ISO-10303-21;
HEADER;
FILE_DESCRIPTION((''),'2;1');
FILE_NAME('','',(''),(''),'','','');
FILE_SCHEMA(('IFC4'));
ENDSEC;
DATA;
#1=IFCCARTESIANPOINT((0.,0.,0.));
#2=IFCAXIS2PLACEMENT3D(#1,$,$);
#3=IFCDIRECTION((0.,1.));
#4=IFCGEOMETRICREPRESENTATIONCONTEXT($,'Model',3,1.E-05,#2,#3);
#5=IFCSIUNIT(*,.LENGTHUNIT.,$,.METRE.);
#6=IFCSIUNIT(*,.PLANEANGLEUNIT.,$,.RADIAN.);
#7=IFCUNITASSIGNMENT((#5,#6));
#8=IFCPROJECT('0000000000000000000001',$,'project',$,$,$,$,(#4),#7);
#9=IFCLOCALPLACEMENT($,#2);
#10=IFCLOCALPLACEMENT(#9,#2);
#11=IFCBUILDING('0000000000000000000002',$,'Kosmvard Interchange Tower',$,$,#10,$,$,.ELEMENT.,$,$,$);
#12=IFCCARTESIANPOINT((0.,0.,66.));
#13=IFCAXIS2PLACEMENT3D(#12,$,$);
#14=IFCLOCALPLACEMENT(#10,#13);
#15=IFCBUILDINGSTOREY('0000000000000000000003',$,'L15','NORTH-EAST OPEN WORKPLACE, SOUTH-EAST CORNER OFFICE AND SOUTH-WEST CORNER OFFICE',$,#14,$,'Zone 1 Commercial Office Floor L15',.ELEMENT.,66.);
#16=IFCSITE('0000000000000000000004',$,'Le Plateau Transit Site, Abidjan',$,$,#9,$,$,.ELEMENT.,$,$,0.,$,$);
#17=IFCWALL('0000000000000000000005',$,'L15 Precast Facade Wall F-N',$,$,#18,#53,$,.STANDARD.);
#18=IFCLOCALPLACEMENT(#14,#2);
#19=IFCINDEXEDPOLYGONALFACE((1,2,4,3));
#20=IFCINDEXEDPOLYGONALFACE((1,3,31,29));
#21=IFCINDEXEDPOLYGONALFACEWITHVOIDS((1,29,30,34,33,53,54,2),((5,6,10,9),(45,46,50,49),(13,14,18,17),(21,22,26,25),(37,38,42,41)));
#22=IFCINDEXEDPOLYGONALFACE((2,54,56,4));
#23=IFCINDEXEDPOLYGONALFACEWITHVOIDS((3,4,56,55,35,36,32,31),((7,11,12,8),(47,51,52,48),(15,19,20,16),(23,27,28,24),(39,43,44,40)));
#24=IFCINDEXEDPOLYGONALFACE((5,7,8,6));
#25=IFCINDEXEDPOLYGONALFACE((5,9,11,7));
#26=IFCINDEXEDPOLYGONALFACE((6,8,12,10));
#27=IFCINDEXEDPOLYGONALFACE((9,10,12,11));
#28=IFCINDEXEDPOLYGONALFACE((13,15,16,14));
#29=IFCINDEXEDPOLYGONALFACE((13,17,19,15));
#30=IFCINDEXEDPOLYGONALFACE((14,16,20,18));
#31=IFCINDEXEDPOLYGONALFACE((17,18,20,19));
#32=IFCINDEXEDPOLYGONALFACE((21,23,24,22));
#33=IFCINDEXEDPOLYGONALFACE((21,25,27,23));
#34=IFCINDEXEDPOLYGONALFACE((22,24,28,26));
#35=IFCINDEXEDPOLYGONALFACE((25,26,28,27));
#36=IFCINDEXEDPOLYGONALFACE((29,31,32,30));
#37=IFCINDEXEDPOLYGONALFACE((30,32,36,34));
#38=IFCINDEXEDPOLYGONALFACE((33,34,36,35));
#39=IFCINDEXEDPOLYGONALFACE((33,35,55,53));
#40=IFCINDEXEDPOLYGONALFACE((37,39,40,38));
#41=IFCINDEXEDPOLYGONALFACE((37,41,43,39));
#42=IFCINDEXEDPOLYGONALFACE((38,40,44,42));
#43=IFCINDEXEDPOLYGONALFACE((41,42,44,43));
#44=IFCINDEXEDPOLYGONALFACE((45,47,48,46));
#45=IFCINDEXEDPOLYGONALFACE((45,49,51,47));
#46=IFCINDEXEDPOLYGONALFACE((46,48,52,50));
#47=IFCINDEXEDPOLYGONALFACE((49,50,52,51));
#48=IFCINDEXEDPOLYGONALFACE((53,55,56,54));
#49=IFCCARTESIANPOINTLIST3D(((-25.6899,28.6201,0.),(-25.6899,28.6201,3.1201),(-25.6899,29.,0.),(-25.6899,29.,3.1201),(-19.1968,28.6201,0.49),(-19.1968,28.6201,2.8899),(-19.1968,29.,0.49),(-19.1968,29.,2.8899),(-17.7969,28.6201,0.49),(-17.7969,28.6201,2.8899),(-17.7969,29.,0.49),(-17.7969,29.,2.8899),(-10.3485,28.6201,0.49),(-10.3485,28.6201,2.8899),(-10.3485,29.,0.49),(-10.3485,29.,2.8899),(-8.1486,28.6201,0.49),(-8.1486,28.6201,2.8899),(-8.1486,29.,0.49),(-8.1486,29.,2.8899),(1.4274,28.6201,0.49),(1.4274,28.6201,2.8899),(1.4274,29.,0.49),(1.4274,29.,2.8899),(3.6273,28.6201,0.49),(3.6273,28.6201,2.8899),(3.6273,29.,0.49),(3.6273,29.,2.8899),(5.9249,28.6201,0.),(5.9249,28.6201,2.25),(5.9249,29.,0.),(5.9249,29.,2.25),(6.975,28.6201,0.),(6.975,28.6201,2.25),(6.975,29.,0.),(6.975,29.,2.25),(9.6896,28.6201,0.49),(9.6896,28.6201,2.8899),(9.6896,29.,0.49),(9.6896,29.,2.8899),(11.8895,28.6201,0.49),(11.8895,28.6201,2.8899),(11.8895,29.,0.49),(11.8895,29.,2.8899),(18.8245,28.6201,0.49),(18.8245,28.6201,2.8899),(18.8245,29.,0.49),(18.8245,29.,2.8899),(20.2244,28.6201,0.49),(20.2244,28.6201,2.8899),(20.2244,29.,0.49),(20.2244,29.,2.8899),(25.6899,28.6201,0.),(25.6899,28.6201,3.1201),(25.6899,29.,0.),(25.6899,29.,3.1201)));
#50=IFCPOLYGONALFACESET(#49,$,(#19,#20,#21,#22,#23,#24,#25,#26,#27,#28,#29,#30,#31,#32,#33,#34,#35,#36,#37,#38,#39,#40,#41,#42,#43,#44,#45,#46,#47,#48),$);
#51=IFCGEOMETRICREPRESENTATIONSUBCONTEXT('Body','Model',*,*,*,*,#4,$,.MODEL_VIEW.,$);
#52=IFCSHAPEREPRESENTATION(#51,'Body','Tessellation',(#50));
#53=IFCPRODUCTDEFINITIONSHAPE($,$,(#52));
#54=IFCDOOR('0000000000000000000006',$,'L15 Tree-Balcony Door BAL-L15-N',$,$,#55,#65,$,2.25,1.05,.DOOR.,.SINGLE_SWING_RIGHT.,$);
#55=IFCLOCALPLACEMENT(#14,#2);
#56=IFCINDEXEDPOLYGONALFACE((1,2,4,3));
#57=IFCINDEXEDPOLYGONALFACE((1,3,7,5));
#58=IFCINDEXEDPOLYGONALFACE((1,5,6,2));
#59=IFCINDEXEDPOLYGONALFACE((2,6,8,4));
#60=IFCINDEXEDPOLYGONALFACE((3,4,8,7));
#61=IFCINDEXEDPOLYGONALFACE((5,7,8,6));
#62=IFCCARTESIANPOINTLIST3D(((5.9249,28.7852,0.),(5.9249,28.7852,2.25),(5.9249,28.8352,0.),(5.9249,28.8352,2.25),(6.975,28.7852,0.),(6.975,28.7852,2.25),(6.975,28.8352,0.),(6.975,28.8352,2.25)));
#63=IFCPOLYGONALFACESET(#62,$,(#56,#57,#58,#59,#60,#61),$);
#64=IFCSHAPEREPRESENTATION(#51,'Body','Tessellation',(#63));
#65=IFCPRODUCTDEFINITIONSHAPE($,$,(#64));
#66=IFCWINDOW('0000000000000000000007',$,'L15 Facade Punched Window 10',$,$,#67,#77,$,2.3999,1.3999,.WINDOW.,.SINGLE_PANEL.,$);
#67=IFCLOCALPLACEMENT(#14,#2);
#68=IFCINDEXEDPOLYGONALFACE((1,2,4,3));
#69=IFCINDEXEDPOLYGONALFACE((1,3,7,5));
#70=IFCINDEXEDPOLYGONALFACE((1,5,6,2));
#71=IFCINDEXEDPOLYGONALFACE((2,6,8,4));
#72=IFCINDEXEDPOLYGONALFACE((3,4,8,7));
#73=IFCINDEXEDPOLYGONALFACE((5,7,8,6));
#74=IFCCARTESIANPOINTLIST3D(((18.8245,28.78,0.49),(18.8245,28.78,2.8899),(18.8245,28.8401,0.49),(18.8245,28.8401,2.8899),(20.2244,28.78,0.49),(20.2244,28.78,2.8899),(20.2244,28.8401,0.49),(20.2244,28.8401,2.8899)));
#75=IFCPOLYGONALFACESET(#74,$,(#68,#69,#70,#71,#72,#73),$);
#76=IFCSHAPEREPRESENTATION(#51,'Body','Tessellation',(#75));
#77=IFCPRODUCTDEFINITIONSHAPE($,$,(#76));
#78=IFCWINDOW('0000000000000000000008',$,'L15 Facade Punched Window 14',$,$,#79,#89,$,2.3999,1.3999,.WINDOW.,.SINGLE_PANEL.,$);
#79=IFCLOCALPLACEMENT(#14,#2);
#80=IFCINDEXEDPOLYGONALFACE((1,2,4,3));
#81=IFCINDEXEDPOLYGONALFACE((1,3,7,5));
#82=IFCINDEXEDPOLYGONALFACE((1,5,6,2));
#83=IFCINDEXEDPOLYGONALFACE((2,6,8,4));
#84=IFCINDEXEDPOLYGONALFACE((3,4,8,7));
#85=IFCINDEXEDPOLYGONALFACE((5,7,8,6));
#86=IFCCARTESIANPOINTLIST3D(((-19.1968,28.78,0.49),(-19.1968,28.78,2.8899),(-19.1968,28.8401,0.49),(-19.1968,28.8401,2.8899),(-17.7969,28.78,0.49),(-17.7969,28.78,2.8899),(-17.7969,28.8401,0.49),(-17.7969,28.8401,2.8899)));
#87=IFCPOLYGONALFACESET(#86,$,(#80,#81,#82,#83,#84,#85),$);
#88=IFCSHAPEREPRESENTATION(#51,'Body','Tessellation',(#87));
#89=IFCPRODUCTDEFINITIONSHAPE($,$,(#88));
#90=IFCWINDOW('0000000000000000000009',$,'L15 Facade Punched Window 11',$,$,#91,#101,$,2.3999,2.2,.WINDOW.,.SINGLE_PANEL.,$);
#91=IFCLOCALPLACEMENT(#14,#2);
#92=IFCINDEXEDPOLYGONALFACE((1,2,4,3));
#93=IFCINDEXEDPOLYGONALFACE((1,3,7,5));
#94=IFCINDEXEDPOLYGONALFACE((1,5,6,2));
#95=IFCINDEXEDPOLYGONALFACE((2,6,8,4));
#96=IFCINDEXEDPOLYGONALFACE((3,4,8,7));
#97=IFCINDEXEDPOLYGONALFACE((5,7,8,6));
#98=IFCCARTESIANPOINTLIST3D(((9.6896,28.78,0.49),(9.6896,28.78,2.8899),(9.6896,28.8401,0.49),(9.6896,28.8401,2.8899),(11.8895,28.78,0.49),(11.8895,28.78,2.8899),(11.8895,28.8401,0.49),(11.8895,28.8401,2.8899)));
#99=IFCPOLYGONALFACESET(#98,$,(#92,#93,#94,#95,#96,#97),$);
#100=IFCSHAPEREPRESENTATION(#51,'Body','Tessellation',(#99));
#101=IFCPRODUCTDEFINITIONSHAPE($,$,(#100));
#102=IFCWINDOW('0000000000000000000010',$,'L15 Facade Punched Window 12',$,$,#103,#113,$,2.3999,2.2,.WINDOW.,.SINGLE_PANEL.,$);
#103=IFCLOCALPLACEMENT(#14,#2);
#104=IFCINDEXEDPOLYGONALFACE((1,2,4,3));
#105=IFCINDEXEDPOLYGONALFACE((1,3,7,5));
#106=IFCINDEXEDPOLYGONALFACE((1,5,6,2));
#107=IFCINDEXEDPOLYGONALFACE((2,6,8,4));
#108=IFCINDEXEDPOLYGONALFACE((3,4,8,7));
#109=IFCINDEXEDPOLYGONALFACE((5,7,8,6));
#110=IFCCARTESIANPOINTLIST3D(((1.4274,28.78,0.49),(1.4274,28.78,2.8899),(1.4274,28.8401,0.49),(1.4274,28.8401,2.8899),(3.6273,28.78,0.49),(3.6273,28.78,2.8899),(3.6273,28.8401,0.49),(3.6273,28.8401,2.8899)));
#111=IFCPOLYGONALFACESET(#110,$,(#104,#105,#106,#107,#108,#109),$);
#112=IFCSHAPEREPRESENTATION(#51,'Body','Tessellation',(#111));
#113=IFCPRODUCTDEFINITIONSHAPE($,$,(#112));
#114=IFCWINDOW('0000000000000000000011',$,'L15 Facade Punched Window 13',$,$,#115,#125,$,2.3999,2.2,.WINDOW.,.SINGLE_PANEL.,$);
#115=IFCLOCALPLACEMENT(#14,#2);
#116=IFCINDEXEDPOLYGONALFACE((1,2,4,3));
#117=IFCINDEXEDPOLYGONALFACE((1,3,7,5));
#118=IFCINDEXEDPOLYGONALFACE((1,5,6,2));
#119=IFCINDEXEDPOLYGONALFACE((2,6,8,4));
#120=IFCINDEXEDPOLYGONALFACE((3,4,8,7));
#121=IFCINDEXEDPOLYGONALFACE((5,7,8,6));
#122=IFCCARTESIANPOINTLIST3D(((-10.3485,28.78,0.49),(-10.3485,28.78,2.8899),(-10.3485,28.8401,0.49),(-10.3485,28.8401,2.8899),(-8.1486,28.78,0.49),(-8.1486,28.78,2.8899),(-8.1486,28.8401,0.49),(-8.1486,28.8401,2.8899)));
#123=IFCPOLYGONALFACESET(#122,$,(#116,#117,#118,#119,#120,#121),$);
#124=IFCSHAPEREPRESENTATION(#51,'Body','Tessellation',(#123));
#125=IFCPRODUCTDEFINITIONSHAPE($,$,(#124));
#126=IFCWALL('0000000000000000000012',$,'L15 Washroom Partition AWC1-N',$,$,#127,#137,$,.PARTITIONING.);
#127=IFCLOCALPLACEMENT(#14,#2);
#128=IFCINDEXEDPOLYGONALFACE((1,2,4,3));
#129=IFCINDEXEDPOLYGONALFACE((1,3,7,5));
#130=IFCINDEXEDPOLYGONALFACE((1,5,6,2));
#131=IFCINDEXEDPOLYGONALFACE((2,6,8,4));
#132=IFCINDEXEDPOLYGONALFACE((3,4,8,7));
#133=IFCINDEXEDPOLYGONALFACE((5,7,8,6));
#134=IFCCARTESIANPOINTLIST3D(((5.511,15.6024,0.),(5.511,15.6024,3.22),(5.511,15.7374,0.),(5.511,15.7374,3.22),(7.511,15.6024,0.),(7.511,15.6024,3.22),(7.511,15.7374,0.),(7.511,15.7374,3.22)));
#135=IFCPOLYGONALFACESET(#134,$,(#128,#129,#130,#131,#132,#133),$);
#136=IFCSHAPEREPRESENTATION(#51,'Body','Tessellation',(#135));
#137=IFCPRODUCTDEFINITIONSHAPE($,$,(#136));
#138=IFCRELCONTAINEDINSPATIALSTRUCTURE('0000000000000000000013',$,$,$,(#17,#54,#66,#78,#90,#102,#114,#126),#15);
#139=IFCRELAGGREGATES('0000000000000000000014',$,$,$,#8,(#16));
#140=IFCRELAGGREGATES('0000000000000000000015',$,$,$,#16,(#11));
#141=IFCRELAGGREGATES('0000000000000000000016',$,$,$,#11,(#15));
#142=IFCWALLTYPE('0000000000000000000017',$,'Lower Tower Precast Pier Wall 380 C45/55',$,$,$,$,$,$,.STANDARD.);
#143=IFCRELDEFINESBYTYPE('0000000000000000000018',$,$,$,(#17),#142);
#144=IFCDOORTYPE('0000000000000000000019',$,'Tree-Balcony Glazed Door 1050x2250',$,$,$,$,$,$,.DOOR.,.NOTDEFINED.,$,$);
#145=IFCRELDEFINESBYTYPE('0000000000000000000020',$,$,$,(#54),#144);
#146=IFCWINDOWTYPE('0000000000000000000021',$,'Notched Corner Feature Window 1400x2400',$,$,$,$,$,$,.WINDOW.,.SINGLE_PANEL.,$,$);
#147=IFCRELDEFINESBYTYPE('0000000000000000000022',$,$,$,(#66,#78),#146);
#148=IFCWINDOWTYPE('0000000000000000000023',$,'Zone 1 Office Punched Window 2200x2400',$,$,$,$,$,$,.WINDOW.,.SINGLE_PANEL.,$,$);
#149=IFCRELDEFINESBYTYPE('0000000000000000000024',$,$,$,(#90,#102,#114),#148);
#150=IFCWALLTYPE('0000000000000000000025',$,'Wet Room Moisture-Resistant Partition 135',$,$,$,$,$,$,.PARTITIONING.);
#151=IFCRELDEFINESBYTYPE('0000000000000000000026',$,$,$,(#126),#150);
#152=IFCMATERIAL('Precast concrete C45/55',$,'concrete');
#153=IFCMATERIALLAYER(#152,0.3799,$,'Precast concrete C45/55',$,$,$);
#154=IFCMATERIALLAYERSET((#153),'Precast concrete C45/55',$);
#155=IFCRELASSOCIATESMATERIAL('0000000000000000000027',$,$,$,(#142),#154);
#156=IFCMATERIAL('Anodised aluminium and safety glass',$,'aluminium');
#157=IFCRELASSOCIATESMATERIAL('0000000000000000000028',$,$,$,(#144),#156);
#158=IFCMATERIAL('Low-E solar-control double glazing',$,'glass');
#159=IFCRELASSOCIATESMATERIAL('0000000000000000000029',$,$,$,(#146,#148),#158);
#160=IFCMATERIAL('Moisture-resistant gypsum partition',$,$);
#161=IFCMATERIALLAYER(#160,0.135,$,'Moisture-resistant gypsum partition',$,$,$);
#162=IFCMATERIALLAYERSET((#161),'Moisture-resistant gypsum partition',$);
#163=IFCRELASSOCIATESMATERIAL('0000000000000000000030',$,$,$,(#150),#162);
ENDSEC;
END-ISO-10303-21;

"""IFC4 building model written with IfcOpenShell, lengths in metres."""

from ifc_helpers import new_model, si_unit, direction, frame, frame_2d, origin, place, context, subcontext, project, spatial, rectangle, extrude, source, transform, mapped, material, layer, layer_set, type_object, element, fill, save


model = new_model("IFC4")

# Units and contexts
model_context = context("Model", 3, precision=1e-05, world=origin(), true_north=direction((0.0, 1.0)))
body_context = subcontext(model_context, "Body", "Model", "MODEL_VIEW")
ifc_project = project(units=[si_unit("LENGTHUNIT", "METRE"), si_unit("PLANEANGLEUNIT", "RADIAN")], contexts=[model_context])

# Site, building, storey
site_placement = place(None, origin())
site = spatial("IfcSite", under=ifc_project, at=site_placement, Name="Le Plateau Transit Site, Abidjan", CompositionType="ELEMENT", RefElevation=0.0)
building_placement = place(site_placement, origin())
building = spatial("IfcBuilding", under=site, at=building_placement, Name="Kosmvard Interchange Tower", CompositionType="ELEMENT")
storey_placement = place(building_placement, frame((0.0, 0.0, 66.0)))
storey = spatial("IfcBuildingStorey", under=building, at=storey_placement, Name="L15", Description="NORTH-EAST OPEN WORKPLACE, SOUTH-EAST CORNER OFFICE AND SOUTH-WEST CORNER OFFICE", LongName="Zone 1 Commercial Office Floor L15", CompositionType="ELEMENT", Elevation=66.0)

# Shared definitions
ifc_material_1 = material(Name="Precast concrete C45/55", Category="concrete")

# Shared definitions
ifc_layer_1 = layer(ifc_material_1, 0.3799, Name="Precast concrete C45/55")
ifc_layer_set_1 = layer_set([ifc_layer_1], Name="Precast concrete C45/55")
wall_type_1 = type_object("IfcWallType", Name="Lower Tower Precast Pier Wall 380 C45/55", PredefinedType="STANDARD", material=ifc_layer_set_1)

# Wall, openings, door, windows
wall_1_placement = place(storey_placement, frame((25.6899, 28.8101, 0.0), z_axis=(0.0, 0.0, 1.0), x_axis=(-1.0, 0.0, 0.0)))
wall_1 = element("IfcWall", 1, at=wall_1_placement, inside=storey, type_object=wall_type_1, Name="L15 Precast Facade Wall F-N", PredefinedType="STANDARD", context=body_context, shape_type="SweptSolid", body=[
    extrude(rectangle(XDim=51.3799, YDim=0.3799, at=frame_2d((25.6899, 0.0))), origin(), (0.0, 0.0, 1.0), 3.1201),
])
opening_1_placement = place(wall_1_placement, frame((18.7151, 0.0, 0.0)))
opening_1 = element("IfcOpeningElement", 2, at=opening_1_placement, cuts=wall_1, PredefinedType="OPENING", context=body_context, shape_type="SweptSolid", body=[
    extrude(rectangle(XDim=1.05, YDim=2.25, at=frame_2d((0.5249, 1.125))), frame((0.0, 0.2, 0.0), z_axis=(0.0, -1.0, 0.0), x_axis=(1.0, 0.0, 0.0)), (0.0, 0.0, 1.0), 0.3999),
])
opening_2_placement = place(wall_1_placement, frame((5.4656, 0.0, 0.49)))
opening_2 = element("IfcOpeningElement", 3, at=opening_2_placement, cuts=wall_1, PredefinedType="OPENING", context=body_context, shape_type="SweptSolid", body=[
    extrude(rectangle(XDim=1.3999, YDim=2.3999, at=frame_2d((0.7, 1.2))), frame((0.0, 0.2, 0.0), z_axis=(0.0, -1.0, 0.0), x_axis=(1.0, 0.0, 0.0)), (0.0, 0.0, 1.0), 0.3999),
])
opening_3_placement = place(wall_1_placement, frame((13.8003, 0.0, 0.49)))
opening_3 = element("IfcOpeningElement", 4, at=opening_3_placement, cuts=wall_1, PredefinedType="OPENING", context=body_context, shape_type="SweptSolid", body=[
    extrude(rectangle(XDim=2.2, YDim=2.3999, at=frame_2d((1.1001, 1.2))), frame((0.0, 0.2, 0.0), z_axis=(0.0, -1.0, 0.0), x_axis=(1.0, 0.0, 0.0)), (0.0, 0.0, 1.0), 0.3999),
])
opening_4_placement = place(wall_1_placement, frame((22.0625, 0.0, 0.49)))
opening_4 = element("IfcOpeningElement", 5, at=opening_4_placement, cuts=wall_1, PredefinedType="OPENING", context=body_context, shape_type="SweptSolid", body=[
    extrude(rectangle(XDim=2.2, YDim=2.3999, at=frame_2d((1.1001, 1.2))), frame((0.0, 0.2, 0.0), z_axis=(0.0, -1.0, 0.0), x_axis=(1.0, 0.0, 0.0)), (0.0, 0.0, 1.0), 0.3999),
])
opening_5_placement = place(wall_1_placement, frame((33.8384, 0.0, 0.49)))
opening_5 = element("IfcOpeningElement", 6, at=opening_5_placement, cuts=wall_1, PredefinedType="OPENING", context=body_context, shape_type="SweptSolid", body=[
    extrude(rectangle(XDim=2.2, YDim=2.3999, at=frame_2d((1.1001, 1.2))), frame((0.0, 0.2, 0.0), z_axis=(0.0, -1.0, 0.0), x_axis=(1.0, 0.0, 0.0)), (0.0, 0.0, 1.0), 0.3999),
])
opening_6_placement = place(wall_1_placement, frame((43.4868, 0.0, 0.49)))
opening_6 = element("IfcOpeningElement", 7, at=opening_6_placement, cuts=wall_1, PredefinedType="OPENING", context=body_context, shape_type="SweptSolid", body=[
    extrude(rectangle(XDim=1.3999, YDim=2.3999, at=frame_2d((0.7, 1.2))), frame((0.0, 0.2, 0.0), z_axis=(0.0, -1.0, 0.0), x_axis=(1.0, 0.0, 0.0)), (0.0, 0.0, 1.0), 0.3999),
])
ifc_material_2 = material(Name="Anodised aluminium and safety glass", Category="aluminium")
door_type = type_object("IfcDoorType", Name="Tree-Balcony Glazed Door 1050x2250", OperationType="NOTDEFINED", PredefinedType="DOOR", material=ifc_material_2)
shared_shape_1 = source(origin(), body_context, "Body", "SweptSolid", [
    extrude(rectangle(XDim=1.05, YDim=2.25, at=frame_2d((0.5249, 1.125))), frame((0.0, 0.0249, 0.0), z_axis=(0.0, -1.0, 0.0), x_axis=(1.0, 0.0, 0.0)), (0.0, 0.0, 1.0), 0.05),
])
door_placement = place(opening_1_placement, origin())
door = element("IfcDoor", 8, at=door_placement, inside=storey, type_object=door_type, Name="L15 Tree-Balcony Door BAL-L15-N", OperationType="SINGLE_SWING_RIGHT", OverallHeight=2.25, OverallWidth=1.05, PredefinedType="DOOR", context=body_context, shape_type="MappedRepresentation", body=[
    mapped(shared_shape_1, transform((0.0, 0.0, 0.0), scale=1.0)),
])
fill(opening_1, door)
ifc_material_3 = material(Name="Low-E solar-control double glazing", Category="glass")
window_type_1 = type_object("IfcWindowType", Name="Notched Corner Feature Window 1400x2400", PartitioningType="SINGLE_PANEL", PredefinedType="WINDOW", material=ifc_material_3)
shared_shape_2 = source(origin(), body_context, "Body", "SweptSolid", [
    extrude(rectangle(XDim=1.3999, YDim=2.3999, at=frame_2d((0.7, 1.2))), frame((0.0, 0.03, 0.0), z_axis=(0.0, -1.0, 0.0), x_axis=(1.0, 0.0, 0.0)), (0.0, 0.0, 1.0), 0.0601),
])
window_1_placement = place(opening_2_placement, origin())
window_1 = element("IfcWindow", 9, at=window_1_placement, inside=storey, type_object=window_type_1, Name="L15 Facade Punched Window 10", OverallHeight=2.3999, OverallWidth=1.3999, PartitioningType="SINGLE_PANEL", PredefinedType="WINDOW", context=body_context, shape_type="MappedRepresentation", body=[
    mapped(shared_shape_2, transform((0.0, 0.0, 0.0), scale=1.0)),
])
fill(opening_2, window_1)
window_2_placement = place(opening_6_placement, origin())
window_2 = element("IfcWindow", 10, at=window_2_placement, inside=storey, type_object=window_type_1, Name="L15 Facade Punched Window 14", OverallHeight=2.3999, OverallWidth=1.3999, PartitioningType="SINGLE_PANEL", PredefinedType="WINDOW", context=body_context, shape_type="MappedRepresentation", body=[
    mapped(shared_shape_2, transform((0.0, 0.0, 0.0), scale=1.0)),
])
fill(opening_6, window_2)
window_type_2 = type_object("IfcWindowType", Name="Zone 1 Office Punched Window 2200x2400", PartitioningType="SINGLE_PANEL", PredefinedType="WINDOW", material=ifc_material_3)
shared_shape_3 = source(origin(), body_context, "Body", "SweptSolid", [
    extrude(rectangle(XDim=2.2, YDim=2.3999, at=frame_2d((1.1001, 1.2))), frame((0.0, 0.03, 0.0), z_axis=(0.0, -1.0, 0.0), x_axis=(1.0, 0.0, 0.0)), (0.0, 0.0, 1.0), 0.0601),
])
window_3_placement = place(opening_3_placement, origin())
window_3 = element("IfcWindow", 11, at=window_3_placement, inside=storey, type_object=window_type_2, Name="L15 Facade Punched Window 11", OverallHeight=2.3999, OverallWidth=2.2, PartitioningType="SINGLE_PANEL", PredefinedType="WINDOW", context=body_context, shape_type="MappedRepresentation", body=[
    mapped(shared_shape_3, transform((0.0, 0.0, 0.0), scale=1.0)),
])
fill(opening_3, window_3)
window_4_placement = place(opening_4_placement, origin())
window_4 = element("IfcWindow", 12, at=window_4_placement, inside=storey, type_object=window_type_2, Name="L15 Facade Punched Window 12", OverallHeight=2.3999, OverallWidth=2.2, PartitioningType="SINGLE_PANEL", PredefinedType="WINDOW", context=body_context, shape_type="MappedRepresentation", body=[
    mapped(shared_shape_3, transform((0.0, 0.0, 0.0), scale=1.0)),
])
fill(opening_4, window_4)
window_5_placement = place(opening_5_placement, origin())
window_5 = element("IfcWindow", 13, at=window_5_placement, inside=storey, type_object=window_type_2, Name="L15 Facade Punched Window 13", OverallHeight=2.3999, OverallWidth=2.2, PartitioningType="SINGLE_PANEL", PredefinedType="WINDOW", context=body_context, shape_type="MappedRepresentation", body=[
    mapped(shared_shape_3, transform((0.0, 0.0, 0.0), scale=1.0)),
])
fill(opening_5, window_5)

# Wall
ifc_material_4 = material(Name="Moisture-resistant gypsum partition")
ifc_layer_2 = layer(ifc_material_4, 0.135, Name="Moisture-resistant gypsum partition")
ifc_layer_set_2 = layer_set([ifc_layer_2], Name="Moisture-resistant gypsum partition")
wall_type_2 = type_object("IfcWallType", Name="Wet Room Moisture-Resistant Partition 135", PredefinedType="PARTITIONING", material=ifc_layer_set_2)
wall_2_placement = place(storey_placement, frame((5.511, 15.6699, 0.0), z_axis=(0.0, 0.0, 1.0), x_axis=(1.0, 0.0, 0.0)))
element("IfcWall", 14, at=wall_2_placement, inside=storey, type_object=wall_type_2, Name="L15 Washroom Partition AWC1-N", PredefinedType="PARTITIONING", context=body_context, shape_type="SweptSolid", body=[
    extrude(rectangle(XDim=2.0, YDim=0.135, at=frame_2d((1.0, 0.0))), origin(), (0.0, 0.0, 1.0), 3.22),
])

save(model, "model.ifc")
